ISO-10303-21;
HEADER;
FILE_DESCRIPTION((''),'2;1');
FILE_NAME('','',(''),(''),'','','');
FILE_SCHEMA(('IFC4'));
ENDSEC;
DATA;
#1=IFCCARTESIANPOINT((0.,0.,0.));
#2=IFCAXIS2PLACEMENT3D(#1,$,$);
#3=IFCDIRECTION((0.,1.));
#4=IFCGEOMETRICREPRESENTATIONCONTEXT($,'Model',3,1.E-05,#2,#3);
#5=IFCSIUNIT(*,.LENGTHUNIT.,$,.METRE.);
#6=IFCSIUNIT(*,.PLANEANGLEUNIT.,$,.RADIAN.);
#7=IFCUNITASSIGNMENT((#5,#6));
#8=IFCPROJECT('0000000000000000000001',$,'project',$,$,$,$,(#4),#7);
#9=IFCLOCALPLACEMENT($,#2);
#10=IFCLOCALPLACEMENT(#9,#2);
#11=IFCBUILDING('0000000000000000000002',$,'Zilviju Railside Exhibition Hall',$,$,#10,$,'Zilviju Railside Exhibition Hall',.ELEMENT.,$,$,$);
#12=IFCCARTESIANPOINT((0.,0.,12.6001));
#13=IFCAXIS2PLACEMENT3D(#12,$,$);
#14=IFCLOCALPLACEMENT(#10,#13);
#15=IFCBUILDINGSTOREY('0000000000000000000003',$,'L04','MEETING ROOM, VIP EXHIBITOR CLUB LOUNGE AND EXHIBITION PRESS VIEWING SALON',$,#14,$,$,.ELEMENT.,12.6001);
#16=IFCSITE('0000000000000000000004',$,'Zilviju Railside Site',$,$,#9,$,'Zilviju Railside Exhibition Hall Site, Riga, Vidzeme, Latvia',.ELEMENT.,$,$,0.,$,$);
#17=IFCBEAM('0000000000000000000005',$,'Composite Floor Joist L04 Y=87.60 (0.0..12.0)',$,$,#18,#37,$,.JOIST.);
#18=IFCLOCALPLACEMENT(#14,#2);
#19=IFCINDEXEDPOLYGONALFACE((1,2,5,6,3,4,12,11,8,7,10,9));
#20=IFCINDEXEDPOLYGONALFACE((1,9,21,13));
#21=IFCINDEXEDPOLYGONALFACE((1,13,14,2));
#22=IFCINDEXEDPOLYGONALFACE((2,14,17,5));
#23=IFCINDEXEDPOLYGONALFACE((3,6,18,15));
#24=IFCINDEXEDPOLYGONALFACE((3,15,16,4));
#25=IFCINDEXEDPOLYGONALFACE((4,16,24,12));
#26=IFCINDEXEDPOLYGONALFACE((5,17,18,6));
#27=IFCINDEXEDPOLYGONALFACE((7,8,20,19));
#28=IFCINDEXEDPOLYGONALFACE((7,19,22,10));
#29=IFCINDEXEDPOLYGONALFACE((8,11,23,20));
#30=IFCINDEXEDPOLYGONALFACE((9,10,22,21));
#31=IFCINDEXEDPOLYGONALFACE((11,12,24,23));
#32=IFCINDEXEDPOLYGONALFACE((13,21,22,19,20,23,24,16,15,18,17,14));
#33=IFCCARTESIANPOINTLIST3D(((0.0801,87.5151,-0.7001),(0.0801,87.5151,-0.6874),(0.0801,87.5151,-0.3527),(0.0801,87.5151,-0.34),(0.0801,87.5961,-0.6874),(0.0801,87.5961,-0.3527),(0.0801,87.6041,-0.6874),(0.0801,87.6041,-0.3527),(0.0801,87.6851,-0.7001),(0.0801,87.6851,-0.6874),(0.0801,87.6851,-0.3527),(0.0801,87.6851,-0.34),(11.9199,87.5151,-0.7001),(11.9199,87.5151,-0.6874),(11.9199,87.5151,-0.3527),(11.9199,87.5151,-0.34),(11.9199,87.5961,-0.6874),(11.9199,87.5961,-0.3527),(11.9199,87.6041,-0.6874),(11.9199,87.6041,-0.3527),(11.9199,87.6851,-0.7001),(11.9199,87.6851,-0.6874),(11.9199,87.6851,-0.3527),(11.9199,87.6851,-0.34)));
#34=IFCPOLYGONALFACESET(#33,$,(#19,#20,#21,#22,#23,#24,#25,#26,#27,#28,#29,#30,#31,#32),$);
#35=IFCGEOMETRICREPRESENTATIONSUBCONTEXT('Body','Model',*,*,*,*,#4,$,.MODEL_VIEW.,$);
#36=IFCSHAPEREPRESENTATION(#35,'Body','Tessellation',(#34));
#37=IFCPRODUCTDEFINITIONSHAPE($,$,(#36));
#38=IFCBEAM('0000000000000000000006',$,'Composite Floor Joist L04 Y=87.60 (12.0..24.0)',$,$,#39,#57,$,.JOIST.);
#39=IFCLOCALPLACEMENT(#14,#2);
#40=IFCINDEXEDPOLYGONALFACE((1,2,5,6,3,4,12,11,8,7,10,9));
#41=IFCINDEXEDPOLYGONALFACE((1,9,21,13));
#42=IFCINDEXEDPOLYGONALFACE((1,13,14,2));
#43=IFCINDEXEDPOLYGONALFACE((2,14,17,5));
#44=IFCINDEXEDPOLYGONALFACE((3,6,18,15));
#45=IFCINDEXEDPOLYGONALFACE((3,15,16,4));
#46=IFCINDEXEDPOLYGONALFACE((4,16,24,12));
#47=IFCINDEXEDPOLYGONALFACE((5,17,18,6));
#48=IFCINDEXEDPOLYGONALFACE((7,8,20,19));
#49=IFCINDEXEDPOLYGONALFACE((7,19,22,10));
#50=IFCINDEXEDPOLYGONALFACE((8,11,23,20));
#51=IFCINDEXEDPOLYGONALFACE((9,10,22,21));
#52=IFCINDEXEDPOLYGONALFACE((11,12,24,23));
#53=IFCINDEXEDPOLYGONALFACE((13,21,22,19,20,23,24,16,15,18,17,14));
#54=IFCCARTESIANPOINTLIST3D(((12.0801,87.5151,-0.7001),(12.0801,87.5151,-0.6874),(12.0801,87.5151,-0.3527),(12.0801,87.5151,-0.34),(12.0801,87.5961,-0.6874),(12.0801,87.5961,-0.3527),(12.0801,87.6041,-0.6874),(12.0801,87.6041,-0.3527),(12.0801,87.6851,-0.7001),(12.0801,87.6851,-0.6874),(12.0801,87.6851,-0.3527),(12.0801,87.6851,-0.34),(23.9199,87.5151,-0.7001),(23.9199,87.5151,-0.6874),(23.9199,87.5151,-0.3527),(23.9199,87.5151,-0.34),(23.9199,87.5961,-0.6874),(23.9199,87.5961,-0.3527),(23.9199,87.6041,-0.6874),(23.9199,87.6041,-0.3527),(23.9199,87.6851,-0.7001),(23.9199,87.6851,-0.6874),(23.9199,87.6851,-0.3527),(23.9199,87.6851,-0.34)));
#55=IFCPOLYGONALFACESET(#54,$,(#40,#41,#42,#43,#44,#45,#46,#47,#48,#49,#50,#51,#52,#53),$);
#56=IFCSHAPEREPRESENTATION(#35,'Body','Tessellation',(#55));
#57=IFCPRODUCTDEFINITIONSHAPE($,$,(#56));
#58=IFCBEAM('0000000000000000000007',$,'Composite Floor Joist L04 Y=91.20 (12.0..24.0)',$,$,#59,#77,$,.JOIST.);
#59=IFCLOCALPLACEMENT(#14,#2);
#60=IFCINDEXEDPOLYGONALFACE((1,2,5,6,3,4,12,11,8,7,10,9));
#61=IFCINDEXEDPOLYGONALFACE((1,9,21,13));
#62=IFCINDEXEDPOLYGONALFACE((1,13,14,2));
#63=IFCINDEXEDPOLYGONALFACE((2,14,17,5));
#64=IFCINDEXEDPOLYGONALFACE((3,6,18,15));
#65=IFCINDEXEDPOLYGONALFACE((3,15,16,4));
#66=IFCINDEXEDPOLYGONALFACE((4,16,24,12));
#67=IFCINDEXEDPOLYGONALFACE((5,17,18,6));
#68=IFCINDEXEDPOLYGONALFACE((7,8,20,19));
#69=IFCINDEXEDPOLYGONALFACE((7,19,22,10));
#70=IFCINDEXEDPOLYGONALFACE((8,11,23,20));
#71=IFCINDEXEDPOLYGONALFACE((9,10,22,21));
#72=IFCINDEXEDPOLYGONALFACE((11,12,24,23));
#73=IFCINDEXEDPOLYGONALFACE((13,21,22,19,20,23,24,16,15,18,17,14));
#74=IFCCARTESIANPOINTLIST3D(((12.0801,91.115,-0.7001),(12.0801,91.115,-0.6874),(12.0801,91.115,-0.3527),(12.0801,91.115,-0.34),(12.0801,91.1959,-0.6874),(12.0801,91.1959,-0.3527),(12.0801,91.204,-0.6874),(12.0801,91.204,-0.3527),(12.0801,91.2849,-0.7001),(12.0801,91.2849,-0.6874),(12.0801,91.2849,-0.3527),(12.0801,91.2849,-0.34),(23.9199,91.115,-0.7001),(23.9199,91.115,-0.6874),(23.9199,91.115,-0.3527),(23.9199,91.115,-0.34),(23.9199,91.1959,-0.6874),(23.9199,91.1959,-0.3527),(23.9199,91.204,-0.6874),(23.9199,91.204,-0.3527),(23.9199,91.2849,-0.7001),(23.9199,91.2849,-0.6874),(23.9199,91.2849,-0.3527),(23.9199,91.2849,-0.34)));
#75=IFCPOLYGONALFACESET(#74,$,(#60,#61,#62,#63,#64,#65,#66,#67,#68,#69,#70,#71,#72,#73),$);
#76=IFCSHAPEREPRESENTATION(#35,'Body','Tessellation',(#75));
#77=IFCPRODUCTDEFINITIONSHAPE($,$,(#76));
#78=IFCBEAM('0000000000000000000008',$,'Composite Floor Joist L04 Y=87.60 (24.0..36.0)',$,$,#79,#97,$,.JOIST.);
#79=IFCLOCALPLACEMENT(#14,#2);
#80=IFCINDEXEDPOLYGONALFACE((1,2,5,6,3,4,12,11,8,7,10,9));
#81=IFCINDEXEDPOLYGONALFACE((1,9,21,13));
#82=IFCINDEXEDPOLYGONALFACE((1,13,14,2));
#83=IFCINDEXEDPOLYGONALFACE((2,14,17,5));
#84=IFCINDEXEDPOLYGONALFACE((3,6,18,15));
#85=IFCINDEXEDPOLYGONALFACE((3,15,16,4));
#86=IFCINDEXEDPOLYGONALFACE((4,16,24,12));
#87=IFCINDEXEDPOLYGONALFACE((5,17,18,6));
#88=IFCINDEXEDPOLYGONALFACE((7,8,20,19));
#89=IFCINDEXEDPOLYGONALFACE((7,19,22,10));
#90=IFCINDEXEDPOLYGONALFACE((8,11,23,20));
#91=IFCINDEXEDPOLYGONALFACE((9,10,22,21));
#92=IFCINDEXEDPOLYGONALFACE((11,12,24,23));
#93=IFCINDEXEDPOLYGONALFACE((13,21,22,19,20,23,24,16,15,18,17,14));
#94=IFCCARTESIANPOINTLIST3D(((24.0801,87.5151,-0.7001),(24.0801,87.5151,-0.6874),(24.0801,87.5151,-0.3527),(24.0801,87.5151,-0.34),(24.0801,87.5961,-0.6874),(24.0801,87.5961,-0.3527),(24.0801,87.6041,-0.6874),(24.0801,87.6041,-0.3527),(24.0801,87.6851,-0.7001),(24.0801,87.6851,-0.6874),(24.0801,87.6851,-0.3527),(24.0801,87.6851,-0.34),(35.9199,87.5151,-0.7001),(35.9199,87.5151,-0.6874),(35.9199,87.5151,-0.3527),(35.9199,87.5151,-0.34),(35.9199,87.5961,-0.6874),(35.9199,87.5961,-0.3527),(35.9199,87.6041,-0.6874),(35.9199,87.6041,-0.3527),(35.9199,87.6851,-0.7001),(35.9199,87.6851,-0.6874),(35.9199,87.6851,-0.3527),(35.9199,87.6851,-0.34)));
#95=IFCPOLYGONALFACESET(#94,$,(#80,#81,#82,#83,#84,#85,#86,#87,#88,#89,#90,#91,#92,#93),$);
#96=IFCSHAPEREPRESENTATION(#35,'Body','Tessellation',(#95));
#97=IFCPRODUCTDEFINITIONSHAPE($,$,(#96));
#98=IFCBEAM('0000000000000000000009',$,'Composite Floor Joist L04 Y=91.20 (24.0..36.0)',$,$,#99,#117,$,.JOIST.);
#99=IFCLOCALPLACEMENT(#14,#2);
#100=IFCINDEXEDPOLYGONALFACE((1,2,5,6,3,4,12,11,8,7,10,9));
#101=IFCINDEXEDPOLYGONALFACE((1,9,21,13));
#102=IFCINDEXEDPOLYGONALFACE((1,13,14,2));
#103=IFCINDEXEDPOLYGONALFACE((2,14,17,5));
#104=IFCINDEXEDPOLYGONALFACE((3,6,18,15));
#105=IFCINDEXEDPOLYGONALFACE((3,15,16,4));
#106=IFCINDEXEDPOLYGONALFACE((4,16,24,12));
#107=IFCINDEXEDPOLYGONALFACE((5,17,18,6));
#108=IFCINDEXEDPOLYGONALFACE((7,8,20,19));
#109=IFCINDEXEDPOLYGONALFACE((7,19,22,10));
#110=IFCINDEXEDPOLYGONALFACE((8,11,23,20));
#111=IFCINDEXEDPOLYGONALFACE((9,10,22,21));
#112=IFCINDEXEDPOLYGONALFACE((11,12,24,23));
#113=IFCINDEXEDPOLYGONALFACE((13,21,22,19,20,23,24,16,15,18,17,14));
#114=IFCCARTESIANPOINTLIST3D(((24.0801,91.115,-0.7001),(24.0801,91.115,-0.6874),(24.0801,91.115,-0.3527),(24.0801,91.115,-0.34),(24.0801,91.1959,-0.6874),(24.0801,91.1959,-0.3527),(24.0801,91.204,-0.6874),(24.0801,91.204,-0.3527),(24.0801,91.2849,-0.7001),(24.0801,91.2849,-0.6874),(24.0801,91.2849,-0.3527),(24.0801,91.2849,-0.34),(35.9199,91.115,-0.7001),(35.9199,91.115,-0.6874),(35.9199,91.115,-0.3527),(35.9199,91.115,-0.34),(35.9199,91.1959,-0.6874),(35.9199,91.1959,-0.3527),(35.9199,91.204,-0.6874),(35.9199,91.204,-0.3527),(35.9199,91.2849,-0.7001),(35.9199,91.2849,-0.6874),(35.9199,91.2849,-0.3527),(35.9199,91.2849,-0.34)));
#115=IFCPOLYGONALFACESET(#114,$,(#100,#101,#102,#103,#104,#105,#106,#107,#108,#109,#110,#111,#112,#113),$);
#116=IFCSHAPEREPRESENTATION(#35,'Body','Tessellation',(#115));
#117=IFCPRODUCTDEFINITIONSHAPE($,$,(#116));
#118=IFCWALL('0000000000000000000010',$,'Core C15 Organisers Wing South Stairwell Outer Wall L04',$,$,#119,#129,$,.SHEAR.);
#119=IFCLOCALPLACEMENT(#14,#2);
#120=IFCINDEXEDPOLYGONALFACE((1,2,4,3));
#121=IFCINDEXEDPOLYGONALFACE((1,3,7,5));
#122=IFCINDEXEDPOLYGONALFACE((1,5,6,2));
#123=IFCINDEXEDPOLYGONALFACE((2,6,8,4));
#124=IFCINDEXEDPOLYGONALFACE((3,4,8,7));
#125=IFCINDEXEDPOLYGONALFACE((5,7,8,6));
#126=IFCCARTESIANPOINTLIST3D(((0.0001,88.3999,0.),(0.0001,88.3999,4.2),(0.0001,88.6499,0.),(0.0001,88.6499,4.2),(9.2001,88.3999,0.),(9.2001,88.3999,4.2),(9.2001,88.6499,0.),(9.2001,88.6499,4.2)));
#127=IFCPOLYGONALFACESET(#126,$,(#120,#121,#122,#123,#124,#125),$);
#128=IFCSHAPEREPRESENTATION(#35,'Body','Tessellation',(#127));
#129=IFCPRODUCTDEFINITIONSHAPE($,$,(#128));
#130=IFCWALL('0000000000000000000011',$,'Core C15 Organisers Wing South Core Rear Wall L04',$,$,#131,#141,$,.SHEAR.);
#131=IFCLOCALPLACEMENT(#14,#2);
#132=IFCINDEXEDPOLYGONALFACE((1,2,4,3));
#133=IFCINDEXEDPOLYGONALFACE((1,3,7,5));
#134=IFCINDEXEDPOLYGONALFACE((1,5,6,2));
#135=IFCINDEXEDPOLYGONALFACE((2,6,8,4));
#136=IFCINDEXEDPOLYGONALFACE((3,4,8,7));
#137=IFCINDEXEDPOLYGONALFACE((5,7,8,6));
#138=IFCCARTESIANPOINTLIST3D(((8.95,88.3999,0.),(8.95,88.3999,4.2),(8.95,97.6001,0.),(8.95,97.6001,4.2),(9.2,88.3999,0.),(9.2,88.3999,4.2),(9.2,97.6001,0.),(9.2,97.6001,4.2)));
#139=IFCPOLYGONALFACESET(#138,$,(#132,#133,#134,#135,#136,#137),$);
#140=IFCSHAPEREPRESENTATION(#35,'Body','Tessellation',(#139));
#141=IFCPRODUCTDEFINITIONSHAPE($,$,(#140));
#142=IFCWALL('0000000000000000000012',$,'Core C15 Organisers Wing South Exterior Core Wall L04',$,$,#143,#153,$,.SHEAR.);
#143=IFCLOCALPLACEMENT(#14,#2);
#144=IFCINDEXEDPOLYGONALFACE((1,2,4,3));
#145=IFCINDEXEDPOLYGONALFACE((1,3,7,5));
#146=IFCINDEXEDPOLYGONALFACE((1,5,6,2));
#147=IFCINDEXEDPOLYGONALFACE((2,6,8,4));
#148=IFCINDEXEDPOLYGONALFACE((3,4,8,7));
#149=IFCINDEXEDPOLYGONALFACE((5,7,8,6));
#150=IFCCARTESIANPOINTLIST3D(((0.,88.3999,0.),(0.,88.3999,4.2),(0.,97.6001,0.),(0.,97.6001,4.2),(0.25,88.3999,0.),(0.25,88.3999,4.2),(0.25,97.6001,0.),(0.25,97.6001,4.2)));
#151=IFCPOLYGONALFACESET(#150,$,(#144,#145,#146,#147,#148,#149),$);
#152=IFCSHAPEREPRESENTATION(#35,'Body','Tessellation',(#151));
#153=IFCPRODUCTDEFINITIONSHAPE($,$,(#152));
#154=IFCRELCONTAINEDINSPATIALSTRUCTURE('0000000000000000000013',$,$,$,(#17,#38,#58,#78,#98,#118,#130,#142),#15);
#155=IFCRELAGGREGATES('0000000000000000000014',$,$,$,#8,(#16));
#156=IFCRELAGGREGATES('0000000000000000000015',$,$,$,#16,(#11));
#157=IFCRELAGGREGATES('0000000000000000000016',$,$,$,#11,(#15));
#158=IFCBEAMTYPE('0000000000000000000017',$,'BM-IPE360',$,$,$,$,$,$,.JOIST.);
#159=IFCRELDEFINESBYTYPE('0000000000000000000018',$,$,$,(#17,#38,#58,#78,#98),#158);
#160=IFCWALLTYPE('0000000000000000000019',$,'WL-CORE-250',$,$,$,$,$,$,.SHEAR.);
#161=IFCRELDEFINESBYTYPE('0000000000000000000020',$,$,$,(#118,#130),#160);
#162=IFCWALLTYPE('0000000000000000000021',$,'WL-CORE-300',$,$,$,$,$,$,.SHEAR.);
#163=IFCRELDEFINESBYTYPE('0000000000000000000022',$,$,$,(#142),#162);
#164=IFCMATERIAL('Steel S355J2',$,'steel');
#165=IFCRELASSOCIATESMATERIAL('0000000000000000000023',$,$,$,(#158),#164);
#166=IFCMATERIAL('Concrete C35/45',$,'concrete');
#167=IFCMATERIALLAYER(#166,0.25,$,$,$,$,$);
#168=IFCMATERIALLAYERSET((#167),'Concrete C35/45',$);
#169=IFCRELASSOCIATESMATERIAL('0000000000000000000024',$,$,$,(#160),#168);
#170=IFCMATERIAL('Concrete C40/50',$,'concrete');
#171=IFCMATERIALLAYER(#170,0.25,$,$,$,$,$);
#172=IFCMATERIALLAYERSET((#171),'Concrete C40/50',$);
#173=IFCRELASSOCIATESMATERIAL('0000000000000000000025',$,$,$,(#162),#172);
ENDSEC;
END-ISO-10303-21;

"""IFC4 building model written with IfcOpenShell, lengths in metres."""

from ifc_helpers import new_model, si_unit, direction, frame, frame_2d, origin, origin_2d, place, context, subcontext, project, spatial, rectangle, i_section, extrude, material, layer, layer_set, material_profile, profile_set, type_object, element, save


model = new_model("IFC4")

# Units and contexts
model_context = context("Model", 3, precision=1e-05, world=origin(), true_north=direction((0.0, 1.0)))
body_context = subcontext(model_context, "Body", "Model", "MODEL_VIEW")
ifc_project = project(units=[si_unit("LENGTHUNIT", "METRE"), si_unit("PLANEANGLEUNIT", "RADIAN")], contexts=[model_context])

# Site, building, storey
site_placement = place(None, origin())
site = spatial("IfcSite", under=ifc_project, at=site_placement, Name="Zilviju Railside Site", LongName="Zilviju Railside Exhibition Hall Site, Riga, Vidzeme, Latvia", CompositionType="ELEMENT", RefElevation=0.0)
building_placement = place(site_placement, origin())
building = spatial("IfcBuilding", under=site, at=building_placement, Name="Zilviju Railside Exhibition Hall", LongName="Zilviju Railside Exhibition Hall", CompositionType="ELEMENT")
storey_placement = place(building_placement, frame((0.0, 0.0, 12.6001)))
storey = spatial("IfcBuildingStorey", under=building, at=storey_placement, Name="L04", Description="MEETING ROOM, VIP EXHIBITOR CLUB LOUNGE AND EXHIBITION PRESS VIEWING SALON", CompositionType="ELEMENT", Elevation=12.6001)

# Beams
ifc_material_1 = material(Name="Steel S355J2", Category="steel")
ifc_material_profile = material_profile(ifc_material_1, i_section(OverallWidth=0.1699, OverallDepth=0.3601, WebThickness=0.0081, FlangeThickness=0.0127, at=origin_2d()), Name="IPE 360")
ifc_profile_set = profile_set([ifc_material_profile], Name="Steel S355J2")
beam_type = type_object("IfcBeamType", Name="BM-IPE360", PredefinedType="JOIST", material=ifc_profile_set)
for number, where, z_axis, x_axis, name in (
    (1, (0.0801, 87.6001, -0.52), (1.0, 0.0, 0.0), (0.0, 1.0, 0.0), "Composite Floor Joist L04 Y=87.60 (0.0..12.0)"),
    (2, (12.0801, 87.6001, -0.52), (1.0, 0.0, 0.0), (0.0, 1.0, 0.0), "Composite Floor Joist L04 Y=87.60 (12.0..24.0)"),
    (3, (12.0801, 91.2, -0.52), (1.0, 0.0, 0.0), (0.0, 1.0, 0.0), "Composite Floor Joist L04 Y=91.20 (12.0..24.0)"),
    (4, (24.0801, 87.6001, -0.52), (1.0, 0.0, 0.0), (0.0, 1.0, 0.0), "Composite Floor Joist L04 Y=87.60 (24.0..36.0)"),
    (5, (24.0801, 91.2, -0.52), (1.0, 0.0, 0.0), (0.0, 1.0, 0.0), "Composite Floor Joist L04 Y=91.20 (24.0..36.0)"),
):
    element("IfcBeam", number, at=place(storey_placement, frame(where, z_axis=z_axis, x_axis=x_axis)), inside=storey, type_object=beam_type, Name=name, PredefinedType="JOIST", context=body_context, shape_type="SweptSolid", body=[
        extrude(i_section(OverallWidth=0.1699, OverallDepth=0.3601, WebThickness=0.0081, FlangeThickness=0.0127, at=origin_2d()), origin(), (0.0, 0.0, 1.0), 11.8398),
    ])

# Walls
ifc_material_2 = material(Name="Concrete C35/45", Category="concrete")
ifc_layer_1 = layer(ifc_material_2, 0.25)
ifc_layer_set_1 = layer_set([ifc_layer_1], Name="Concrete C35/45")
wall_type_1 = type_object("IfcWallType", Name="WL-CORE-250", PredefinedType="SHEAR", material=ifc_layer_set_1)
wall_1_placement = place(storey_placement, frame((0.0, 88.5249, 0.0), z_axis=(0.0, 0.0, 1.0), x_axis=(1.0, 0.0, 0.0)))
element("IfcWall", 6, at=wall_1_placement, inside=storey, type_object=wall_type_1, Name="Core C15 Organisers Wing South Stairwell Outer Wall L04", PredefinedType="SHEAR", context=body_context, shape_type="SweptSolid", body=[
    extrude(rectangle(XDim=9.2, YDim=0.25, at=frame_2d((4.6001, 0.0))), origin(), (0.0, 0.0, 1.0), 4.2),
])
wall_2_placement = place(storey_placement, frame((9.075, 88.3999, 0.0), z_axis=(0.0, 0.0, 1.0), x_axis=(0.0, 1.0, 0.0)))
element("IfcWall", 7, at=wall_2_placement, inside=storey, type_object=wall_type_1, Name="Core C15 Organisers Wing South Core Rear Wall L04", PredefinedType="SHEAR", context=body_context, shape_type="SweptSolid", body=[
    extrude(rectangle(XDim=9.2002, YDim=0.25, at=frame_2d((4.6001, 0.0))), origin(), (0.0, 0.0, 1.0), 4.2),
])
ifc_material_3 = material(Name="Concrete C40/50", Category="concrete")
ifc_layer_2 = layer(ifc_material_3, 0.25)
ifc_layer_set_2 = layer_set([ifc_layer_2], Name="Concrete C40/50")
wall_type_2 = type_object("IfcWallType", Name="WL-CORE-300", PredefinedType="SHEAR", material=ifc_layer_set_2)
wall_3_placement = place(storey_placement, frame((0.125, 88.3999, 0.0), z_axis=(0.0, 0.0, 1.0), x_axis=(0.0, 1.0, 0.0)))
element("IfcWall", 8, at=wall_3_placement, inside=storey, type_object=wall_type_2, Name="Core C15 Organisers Wing South Exterior Core Wall L04", PredefinedType="SHEAR", context=body_context, shape_type="SweptSolid", body=[
    extrude(rectangle(XDim=9.2002, YDim=0.25, at=frame_2d((4.6001, 0.0))), origin(), (0.0, 0.0, 1.0), 4.2),
])

save(model, "model.ifc")
